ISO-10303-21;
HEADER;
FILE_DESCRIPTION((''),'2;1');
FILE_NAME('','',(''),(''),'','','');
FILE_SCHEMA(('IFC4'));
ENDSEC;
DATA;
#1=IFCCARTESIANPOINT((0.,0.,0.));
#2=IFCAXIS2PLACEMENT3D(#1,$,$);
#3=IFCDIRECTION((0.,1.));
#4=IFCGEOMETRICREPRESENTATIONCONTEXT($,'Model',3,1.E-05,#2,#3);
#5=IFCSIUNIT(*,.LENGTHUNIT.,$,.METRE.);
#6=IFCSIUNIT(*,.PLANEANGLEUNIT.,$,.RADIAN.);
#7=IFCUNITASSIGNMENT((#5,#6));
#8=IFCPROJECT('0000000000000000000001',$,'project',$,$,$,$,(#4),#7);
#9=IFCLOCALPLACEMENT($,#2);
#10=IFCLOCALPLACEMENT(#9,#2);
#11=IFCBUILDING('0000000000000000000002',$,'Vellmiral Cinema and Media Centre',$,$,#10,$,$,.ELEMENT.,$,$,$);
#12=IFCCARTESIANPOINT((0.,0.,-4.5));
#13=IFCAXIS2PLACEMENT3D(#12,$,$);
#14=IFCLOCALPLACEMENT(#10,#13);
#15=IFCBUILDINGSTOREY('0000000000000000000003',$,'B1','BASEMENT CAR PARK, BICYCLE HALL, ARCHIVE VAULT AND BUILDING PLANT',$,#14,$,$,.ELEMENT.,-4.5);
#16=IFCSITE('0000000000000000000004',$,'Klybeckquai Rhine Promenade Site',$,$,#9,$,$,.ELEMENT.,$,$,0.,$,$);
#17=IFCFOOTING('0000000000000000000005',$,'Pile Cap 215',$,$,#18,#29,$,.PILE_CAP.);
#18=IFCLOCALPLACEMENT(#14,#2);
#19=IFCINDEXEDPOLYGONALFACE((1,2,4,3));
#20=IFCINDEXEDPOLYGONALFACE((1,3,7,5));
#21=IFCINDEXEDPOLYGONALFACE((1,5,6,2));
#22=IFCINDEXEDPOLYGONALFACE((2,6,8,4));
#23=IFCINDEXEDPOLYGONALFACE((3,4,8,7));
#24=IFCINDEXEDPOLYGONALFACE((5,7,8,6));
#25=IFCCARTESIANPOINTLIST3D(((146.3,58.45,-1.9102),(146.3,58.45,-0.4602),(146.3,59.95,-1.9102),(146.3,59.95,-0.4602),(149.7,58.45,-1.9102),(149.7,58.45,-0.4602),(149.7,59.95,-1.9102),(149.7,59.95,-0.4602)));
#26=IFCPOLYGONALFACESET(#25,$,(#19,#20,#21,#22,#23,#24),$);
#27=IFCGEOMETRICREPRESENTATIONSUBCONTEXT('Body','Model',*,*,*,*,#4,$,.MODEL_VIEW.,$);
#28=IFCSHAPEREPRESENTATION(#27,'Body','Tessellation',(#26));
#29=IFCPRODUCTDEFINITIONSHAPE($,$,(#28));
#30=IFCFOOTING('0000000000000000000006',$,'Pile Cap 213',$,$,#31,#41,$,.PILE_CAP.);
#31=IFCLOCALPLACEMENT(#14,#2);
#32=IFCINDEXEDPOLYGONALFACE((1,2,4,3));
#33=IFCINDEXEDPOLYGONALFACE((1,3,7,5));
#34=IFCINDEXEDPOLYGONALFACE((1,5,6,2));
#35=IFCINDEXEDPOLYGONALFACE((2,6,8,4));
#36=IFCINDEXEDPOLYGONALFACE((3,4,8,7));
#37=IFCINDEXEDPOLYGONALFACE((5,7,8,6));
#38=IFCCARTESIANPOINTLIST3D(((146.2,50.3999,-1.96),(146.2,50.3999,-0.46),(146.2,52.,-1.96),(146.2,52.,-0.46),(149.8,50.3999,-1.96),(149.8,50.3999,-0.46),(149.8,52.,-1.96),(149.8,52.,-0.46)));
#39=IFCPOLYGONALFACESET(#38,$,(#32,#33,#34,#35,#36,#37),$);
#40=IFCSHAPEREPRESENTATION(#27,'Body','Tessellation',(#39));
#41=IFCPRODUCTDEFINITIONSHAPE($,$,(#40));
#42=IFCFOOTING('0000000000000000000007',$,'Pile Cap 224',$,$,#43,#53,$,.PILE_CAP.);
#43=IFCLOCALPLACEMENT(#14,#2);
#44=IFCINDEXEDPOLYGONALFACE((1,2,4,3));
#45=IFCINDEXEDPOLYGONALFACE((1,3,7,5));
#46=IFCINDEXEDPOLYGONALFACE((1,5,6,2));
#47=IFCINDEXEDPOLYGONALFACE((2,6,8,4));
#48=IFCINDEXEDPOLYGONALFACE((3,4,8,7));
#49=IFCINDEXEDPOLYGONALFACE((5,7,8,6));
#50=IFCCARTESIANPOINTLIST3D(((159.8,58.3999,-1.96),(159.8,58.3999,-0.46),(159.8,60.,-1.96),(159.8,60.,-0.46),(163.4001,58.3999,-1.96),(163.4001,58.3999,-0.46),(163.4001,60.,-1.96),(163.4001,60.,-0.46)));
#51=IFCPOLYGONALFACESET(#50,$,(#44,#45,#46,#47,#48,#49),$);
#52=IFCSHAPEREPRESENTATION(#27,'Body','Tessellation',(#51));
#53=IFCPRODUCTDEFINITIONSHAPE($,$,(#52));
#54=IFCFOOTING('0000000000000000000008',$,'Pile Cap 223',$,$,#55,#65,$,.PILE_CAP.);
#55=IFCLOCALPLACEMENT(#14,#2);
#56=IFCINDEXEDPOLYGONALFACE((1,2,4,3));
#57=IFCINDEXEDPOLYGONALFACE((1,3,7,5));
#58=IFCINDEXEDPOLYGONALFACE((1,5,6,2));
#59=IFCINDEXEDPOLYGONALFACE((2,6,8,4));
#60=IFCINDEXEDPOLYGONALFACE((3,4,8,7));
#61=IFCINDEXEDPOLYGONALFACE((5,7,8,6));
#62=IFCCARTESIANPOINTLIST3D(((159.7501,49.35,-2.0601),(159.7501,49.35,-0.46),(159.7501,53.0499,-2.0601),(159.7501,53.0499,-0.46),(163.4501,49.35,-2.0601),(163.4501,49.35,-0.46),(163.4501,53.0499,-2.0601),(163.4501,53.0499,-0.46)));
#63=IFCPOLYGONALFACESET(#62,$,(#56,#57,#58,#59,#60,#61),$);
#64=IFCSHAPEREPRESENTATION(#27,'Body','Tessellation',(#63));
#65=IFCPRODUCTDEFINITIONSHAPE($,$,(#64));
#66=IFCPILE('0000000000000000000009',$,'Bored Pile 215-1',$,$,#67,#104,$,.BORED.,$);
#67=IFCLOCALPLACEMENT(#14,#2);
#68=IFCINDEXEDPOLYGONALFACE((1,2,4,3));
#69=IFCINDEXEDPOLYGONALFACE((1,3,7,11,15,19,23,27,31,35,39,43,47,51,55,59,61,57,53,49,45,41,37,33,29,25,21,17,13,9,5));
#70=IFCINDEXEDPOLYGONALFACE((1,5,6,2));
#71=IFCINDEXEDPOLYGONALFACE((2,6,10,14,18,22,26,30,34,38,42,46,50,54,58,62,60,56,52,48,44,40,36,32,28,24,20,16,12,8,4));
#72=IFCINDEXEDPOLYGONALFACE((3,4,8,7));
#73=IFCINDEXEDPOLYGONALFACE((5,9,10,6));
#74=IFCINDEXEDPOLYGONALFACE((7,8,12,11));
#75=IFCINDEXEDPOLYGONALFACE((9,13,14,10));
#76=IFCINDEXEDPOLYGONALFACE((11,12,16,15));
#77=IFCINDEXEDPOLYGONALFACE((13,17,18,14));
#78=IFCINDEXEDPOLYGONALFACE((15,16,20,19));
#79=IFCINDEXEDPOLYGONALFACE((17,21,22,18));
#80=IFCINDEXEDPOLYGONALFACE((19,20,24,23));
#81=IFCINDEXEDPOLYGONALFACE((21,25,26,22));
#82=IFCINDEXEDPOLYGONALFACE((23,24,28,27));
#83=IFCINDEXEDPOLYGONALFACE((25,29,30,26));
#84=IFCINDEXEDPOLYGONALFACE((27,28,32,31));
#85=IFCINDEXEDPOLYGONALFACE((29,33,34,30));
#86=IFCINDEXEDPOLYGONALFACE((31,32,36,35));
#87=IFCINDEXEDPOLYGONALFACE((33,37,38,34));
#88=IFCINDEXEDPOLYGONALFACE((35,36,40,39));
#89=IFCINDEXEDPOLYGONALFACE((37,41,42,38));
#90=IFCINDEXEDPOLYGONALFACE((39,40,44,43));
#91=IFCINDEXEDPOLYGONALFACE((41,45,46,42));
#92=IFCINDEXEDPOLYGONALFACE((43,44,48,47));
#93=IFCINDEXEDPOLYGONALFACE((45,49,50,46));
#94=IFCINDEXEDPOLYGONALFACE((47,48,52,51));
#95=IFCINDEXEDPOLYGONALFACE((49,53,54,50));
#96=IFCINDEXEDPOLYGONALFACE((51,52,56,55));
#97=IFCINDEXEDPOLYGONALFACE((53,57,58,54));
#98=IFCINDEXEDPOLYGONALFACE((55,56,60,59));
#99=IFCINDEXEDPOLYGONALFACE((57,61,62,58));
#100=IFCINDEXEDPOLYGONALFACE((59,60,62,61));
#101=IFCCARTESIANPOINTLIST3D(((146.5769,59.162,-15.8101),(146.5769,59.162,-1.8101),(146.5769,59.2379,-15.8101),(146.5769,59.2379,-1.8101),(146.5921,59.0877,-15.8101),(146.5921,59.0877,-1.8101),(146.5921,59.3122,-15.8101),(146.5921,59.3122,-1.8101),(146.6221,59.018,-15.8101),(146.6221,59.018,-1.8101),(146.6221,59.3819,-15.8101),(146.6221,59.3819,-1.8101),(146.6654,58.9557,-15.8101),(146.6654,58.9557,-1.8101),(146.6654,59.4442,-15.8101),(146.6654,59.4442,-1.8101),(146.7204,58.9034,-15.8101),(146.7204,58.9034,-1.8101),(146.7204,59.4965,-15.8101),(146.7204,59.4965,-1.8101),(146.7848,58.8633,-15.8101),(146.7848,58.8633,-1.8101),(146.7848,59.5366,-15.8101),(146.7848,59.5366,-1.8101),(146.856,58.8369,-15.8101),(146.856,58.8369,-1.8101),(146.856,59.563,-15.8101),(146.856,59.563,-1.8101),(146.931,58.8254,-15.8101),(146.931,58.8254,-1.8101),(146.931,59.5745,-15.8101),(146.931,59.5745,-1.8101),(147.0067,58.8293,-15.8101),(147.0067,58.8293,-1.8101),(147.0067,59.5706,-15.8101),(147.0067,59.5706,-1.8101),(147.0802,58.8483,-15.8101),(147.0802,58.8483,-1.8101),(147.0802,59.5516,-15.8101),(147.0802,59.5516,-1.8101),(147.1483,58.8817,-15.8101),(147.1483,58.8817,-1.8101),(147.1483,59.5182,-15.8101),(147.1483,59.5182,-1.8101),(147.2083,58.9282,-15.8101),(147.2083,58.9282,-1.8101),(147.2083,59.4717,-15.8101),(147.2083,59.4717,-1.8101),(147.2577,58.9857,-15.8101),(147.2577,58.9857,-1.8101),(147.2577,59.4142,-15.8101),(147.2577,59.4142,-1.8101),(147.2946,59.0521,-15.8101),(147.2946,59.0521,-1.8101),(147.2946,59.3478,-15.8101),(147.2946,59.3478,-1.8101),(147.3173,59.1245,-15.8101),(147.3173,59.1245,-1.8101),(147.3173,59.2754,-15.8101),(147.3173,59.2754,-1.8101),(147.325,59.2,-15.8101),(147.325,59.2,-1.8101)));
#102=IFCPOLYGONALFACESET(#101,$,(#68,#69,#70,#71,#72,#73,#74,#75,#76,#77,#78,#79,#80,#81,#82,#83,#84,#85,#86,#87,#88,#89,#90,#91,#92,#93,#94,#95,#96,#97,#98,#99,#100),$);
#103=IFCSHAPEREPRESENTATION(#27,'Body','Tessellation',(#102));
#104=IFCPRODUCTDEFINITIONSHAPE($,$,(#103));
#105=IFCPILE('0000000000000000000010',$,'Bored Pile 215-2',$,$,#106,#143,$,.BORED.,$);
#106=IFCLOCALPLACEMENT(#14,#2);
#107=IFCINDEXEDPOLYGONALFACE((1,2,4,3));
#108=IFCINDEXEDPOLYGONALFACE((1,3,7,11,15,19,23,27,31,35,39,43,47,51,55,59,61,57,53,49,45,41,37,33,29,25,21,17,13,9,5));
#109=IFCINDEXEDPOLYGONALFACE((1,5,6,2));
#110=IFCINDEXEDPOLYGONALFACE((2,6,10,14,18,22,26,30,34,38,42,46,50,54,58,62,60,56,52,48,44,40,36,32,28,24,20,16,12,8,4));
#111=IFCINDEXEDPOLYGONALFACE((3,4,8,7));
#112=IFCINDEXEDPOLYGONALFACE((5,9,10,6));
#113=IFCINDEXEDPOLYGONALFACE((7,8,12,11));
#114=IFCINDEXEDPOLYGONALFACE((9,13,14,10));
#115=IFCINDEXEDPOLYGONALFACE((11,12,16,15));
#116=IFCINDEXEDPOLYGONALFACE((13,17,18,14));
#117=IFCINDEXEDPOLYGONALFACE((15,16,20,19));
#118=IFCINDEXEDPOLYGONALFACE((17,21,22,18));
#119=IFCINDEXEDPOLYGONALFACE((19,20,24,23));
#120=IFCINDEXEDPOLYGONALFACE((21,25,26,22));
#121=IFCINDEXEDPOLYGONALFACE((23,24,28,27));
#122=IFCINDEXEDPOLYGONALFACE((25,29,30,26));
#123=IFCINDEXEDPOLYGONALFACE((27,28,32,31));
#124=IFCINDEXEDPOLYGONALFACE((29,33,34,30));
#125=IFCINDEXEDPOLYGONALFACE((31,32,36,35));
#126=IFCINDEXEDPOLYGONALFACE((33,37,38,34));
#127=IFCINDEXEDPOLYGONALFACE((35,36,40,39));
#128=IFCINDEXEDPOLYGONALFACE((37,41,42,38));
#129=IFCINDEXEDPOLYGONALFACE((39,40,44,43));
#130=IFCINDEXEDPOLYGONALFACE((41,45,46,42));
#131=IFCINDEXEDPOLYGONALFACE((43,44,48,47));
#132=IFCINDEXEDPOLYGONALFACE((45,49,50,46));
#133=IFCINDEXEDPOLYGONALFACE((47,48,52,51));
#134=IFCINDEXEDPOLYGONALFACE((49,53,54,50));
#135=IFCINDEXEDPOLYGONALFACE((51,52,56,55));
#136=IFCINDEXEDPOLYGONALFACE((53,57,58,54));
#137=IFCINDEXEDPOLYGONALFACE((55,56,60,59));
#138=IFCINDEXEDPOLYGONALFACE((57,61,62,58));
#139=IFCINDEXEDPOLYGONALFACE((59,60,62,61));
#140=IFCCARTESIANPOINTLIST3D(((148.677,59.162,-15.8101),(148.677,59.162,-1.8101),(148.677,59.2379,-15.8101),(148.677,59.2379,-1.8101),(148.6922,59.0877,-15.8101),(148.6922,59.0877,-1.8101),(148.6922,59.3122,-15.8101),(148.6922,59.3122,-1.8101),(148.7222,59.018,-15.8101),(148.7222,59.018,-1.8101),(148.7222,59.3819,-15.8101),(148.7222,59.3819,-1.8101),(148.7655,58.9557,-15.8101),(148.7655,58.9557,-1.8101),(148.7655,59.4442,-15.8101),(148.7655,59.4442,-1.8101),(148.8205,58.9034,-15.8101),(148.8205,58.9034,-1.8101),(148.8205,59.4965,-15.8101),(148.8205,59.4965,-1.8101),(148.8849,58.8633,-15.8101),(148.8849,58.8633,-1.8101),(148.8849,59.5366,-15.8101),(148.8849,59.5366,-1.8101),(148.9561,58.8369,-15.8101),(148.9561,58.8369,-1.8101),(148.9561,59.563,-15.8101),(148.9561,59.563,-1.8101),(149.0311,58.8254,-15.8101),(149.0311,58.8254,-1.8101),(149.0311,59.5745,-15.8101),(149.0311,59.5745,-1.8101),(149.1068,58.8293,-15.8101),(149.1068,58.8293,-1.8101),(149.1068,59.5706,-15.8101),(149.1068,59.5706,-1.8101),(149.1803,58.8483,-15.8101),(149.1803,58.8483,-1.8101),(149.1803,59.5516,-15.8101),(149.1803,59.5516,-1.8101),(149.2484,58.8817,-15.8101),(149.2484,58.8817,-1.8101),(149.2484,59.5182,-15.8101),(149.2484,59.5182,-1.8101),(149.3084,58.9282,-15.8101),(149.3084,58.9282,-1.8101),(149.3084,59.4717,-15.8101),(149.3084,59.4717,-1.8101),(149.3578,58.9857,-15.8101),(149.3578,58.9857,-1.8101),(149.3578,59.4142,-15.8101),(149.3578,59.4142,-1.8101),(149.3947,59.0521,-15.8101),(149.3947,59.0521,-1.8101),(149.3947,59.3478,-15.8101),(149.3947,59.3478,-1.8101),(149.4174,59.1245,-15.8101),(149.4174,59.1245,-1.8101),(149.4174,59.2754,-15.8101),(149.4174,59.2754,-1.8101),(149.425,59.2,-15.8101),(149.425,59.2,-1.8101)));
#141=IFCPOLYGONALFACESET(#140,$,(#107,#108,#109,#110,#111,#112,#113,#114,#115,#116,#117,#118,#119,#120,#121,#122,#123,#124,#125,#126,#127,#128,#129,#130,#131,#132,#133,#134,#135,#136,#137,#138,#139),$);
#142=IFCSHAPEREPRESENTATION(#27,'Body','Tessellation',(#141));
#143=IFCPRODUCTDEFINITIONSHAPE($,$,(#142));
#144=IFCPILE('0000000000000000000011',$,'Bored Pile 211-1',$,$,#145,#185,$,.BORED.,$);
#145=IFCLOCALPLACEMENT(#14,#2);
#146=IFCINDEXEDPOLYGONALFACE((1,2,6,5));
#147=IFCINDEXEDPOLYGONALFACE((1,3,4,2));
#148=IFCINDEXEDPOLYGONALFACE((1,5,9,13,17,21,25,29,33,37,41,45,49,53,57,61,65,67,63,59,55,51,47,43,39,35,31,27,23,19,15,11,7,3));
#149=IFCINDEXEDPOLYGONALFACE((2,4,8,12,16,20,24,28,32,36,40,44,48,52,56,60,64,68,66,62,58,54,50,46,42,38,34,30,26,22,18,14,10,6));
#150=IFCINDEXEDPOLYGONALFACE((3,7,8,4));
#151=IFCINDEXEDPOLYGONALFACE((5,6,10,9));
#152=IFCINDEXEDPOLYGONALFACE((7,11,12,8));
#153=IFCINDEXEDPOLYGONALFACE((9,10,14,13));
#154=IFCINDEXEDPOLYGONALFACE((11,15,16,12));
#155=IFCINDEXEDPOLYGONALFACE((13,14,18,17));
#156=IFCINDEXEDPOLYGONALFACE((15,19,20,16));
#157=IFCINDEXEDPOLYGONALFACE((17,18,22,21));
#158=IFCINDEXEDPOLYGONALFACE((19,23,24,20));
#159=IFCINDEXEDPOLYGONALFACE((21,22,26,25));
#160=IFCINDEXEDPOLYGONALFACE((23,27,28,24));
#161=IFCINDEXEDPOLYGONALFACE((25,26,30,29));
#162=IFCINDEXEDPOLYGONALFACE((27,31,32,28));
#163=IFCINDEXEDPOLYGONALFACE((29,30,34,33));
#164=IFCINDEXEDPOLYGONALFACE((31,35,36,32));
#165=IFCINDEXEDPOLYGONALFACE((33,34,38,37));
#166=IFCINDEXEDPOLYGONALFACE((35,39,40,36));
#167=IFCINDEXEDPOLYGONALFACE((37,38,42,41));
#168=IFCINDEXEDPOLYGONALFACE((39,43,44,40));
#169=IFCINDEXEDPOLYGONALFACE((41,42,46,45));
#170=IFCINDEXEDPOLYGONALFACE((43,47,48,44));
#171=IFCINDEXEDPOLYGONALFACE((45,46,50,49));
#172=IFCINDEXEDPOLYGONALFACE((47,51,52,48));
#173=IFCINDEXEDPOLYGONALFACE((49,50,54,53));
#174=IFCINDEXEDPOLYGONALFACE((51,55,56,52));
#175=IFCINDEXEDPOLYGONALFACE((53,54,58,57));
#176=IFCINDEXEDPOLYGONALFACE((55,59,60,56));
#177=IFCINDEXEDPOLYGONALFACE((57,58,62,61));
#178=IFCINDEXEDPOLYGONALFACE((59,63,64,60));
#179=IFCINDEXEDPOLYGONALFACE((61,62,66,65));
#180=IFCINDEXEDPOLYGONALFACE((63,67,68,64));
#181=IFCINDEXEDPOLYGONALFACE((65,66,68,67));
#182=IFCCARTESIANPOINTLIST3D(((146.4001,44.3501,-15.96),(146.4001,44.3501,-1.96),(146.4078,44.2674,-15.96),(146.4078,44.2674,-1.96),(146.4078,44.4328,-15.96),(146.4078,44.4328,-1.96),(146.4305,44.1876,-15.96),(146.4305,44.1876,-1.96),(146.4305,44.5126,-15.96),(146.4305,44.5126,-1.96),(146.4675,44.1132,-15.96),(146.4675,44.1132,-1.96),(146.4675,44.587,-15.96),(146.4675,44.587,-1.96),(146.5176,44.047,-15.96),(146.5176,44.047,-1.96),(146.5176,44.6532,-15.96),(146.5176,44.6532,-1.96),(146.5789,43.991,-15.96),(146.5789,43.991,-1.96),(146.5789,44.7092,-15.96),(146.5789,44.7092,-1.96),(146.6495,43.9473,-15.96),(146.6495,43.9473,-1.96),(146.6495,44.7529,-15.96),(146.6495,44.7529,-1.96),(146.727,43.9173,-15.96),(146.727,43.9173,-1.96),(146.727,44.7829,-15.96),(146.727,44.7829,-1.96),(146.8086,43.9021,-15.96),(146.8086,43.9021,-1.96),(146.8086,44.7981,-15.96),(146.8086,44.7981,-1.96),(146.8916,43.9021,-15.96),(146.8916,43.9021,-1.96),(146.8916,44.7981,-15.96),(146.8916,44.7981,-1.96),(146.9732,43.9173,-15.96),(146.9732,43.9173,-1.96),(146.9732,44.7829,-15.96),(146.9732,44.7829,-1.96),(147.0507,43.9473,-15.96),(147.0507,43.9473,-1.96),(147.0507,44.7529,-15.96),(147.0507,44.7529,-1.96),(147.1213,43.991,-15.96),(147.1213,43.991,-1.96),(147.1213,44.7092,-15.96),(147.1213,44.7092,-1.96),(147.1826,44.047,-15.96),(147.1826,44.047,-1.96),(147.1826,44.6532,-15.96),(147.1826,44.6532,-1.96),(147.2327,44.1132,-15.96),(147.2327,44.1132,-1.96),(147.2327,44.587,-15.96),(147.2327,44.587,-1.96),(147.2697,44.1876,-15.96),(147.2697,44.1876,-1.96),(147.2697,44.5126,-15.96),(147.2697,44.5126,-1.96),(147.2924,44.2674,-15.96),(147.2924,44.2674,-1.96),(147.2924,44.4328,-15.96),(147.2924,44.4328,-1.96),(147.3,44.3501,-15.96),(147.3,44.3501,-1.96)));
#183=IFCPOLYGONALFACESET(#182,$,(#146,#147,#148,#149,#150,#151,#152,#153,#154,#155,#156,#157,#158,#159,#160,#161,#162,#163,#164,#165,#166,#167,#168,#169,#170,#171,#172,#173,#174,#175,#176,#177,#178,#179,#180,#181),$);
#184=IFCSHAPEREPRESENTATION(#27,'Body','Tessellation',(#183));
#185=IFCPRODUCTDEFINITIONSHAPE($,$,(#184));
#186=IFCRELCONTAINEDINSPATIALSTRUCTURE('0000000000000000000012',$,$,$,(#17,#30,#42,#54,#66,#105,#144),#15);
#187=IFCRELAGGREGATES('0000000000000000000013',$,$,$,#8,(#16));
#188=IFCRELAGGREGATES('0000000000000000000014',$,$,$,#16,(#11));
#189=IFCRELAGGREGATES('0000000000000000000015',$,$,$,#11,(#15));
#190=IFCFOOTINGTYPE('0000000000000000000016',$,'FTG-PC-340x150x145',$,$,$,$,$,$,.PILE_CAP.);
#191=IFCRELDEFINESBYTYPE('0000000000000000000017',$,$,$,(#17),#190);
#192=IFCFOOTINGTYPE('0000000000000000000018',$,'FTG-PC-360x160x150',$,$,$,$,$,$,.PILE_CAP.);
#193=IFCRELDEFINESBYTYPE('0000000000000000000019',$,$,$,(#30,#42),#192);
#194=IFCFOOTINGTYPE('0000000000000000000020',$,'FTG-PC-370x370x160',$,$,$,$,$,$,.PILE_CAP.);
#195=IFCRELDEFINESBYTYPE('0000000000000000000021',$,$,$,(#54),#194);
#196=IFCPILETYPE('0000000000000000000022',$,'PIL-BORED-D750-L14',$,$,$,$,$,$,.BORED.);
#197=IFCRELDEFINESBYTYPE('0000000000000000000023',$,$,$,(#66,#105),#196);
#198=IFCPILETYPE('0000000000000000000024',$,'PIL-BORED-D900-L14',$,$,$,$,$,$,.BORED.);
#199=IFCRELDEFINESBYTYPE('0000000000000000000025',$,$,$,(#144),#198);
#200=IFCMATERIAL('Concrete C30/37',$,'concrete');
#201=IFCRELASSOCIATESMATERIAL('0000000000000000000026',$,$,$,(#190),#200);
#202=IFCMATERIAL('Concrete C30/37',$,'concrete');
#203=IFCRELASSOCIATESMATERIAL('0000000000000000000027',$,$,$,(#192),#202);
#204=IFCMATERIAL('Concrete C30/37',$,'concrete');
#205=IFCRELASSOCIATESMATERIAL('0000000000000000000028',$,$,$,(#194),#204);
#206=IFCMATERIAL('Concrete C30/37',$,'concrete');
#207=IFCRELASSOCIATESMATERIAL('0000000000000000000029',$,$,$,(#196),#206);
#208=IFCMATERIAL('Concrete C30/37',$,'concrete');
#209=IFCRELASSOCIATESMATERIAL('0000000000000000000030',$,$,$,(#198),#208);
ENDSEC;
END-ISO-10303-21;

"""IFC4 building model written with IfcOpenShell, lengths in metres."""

from ifc_helpers import new_model, si_unit, direction, frame, origin, origin_2d, place, context, subcontext, project, spatial, rectangle, circle, extrude, material, material_profile, profile_set, type_object, element, save


model = new_model("IFC4")

# Units and contexts
model_context = context("Model", 3, precision=1e-05, world=origin(), true_north=direction((0.0, 1.0)))
body_context = subcontext(model_context, "Body", "Model", "MODEL_VIEW")
ifc_project = project(units=[si_unit("LENGTHUNIT", "METRE"), si_unit("PLANEANGLEUNIT", "RADIAN")], contexts=[model_context])

# Site, building, storey
site_placement = place(None, origin())
site = spatial("IfcSite", under=ifc_project, at=site_placement, Name="Klybeckquai Rhine Promenade Site", CompositionType="ELEMENT", RefElevation=0.0)
building_placement = place(site_placement, origin())
building = spatial("IfcBuilding", under=site, at=building_placement, Name="Vellmiral Cinema and Media Centre", CompositionType="ELEMENT")
storey_placement = place(building_placement, frame((0.0, 0.0, -4.5)))
storey = spatial("IfcBuildingStorey", under=building, at=storey_placement, Name="B1", Description="BASEMENT CAR PARK, BICYCLE HALL, ARCHIVE VAULT AND BUILDING PLANT", CompositionType="ELEMENT", Elevation=-4.5)

# Footings
ifc_material_1 = material(Name="Concrete C30/37", Category="concrete")
footing_type_1 = type_object("IfcFootingType", Name="FTG-PC-340x150x145", PredefinedType="PILE_CAP", material=ifc_material_1)
footing_1_placement = place(storey_placement, frame((148.0, 59.2, -1.9102), z_axis=(0.0, 0.0, 1.0), x_axis=(1.0, 0.0, 0.0)))
element("IfcFooting", 1, at=footing_1_placement, inside=storey, type_object=footing_type_1, Name="Pile Cap 215", PredefinedType="PILE_CAP", context=body_context, shape_type="SweptSolid", body=[
    extrude(rectangle(XDim=3.3999, YDim=1.5, at=origin_2d()), origin(), (0.0, 0.0, 1.0), 1.45),
])
ifc_material_2 = material(Name="Concrete C30/37", Category="concrete")
footing_type_2 = type_object("IfcFootingType", Name="FTG-PC-360x160x150", PredefinedType="PILE_CAP", material=ifc_material_2)
for number, where, z_axis, x_axis, name in (
    (2, (148.0, 51.2, -1.96), (0.0, 0.0, 1.0), (1.0, 0.0, 0.0), "Pile Cap 213"),
    (3, (161.6001, 59.2, -1.96), (0.0, 0.0, 1.0), (1.0, 0.0, 0.0), "Pile Cap 224"),
):
    element("IfcFooting", number, at=place(storey_placement, frame(where, z_axis=z_axis, x_axis=x_axis)), inside=storey, type_object=footing_type_2, Name=name, PredefinedType="PILE_CAP", context=body_context, shape_type="SweptSolid", body=[
        extrude(rectangle(XDim=3.6001, YDim=1.6001, at=origin_2d()), origin(), (0.0, 0.0, 1.0), 1.5),
    ])
ifc_material_3 = material(Name="Concrete C30/37", Category="concrete")
footing_type_3 = type_object("IfcFootingType", Name="FTG-PC-370x370x160", PredefinedType="PILE_CAP", material=ifc_material_3)
footing_2_placement = place(storey_placement, frame((161.6001, 51.2, -2.0601), z_axis=(0.0, 0.0, 1.0), x_axis=(1.0, 0.0, 0.0)))
element("IfcFooting", 4, at=footing_2_placement, inside=storey, type_object=footing_type_3, Name="Pile Cap 223", PredefinedType="PILE_CAP", context=body_context, shape_type="SweptSolid", body=[
    extrude(rectangle(XDim=3.7, YDim=3.7, at=origin_2d()), origin(), (0.0, 0.0, 1.0), 1.6001),
])

# Piles
ifc_material_4 = material(Name="Concrete C30/37", Category="concrete")
ifc_material_profile_1 = material_profile(ifc_material_4, circle(Radius=0.375, at=origin_2d()), Name="PILE D750")
ifc_profile_set_1 = profile_set([ifc_material_profile_1], Name="Concrete C30/37")
pile_type_1 = type_object("IfcPileType", Name="PIL-BORED-D750-L14", PredefinedType="BORED", material=ifc_profile_set_1)
for number, where, z_axis, x_axis, name in (
    (5, (146.95, 59.2, -1.8101), (0.0, 0.0, -1.0), (1.0, 0.0, 0.0), "Bored Pile 215-1"),
    (6, (149.05, 59.2, -1.8101), (0.0, 0.0, -1.0), (1.0, 0.0, 0.0), "Bored Pile 215-2"),
):
    element("IfcPile", number, at=place(storey_placement, frame(where, z_axis=z_axis, x_axis=x_axis)), inside=storey, type_object=pile_type_1, Name=name, PredefinedType="BORED", context=body_context, shape_type="SweptSolid", body=[
        extrude(circle(Radius=0.375, at=origin_2d()), origin(), (0.0, 0.0, 1.0), 14.0),
    ])
ifc_material_5 = material(Name="Concrete C30/37", Category="concrete")
ifc_material_profile_2 = material_profile(ifc_material_5, circle(Radius=0.45, at=origin_2d()), Name="PILE D900")
ifc_profile_set_2 = profile_set([ifc_material_profile_2], Name="Concrete C30/37")
pile_type_2 = type_object("IfcPileType", Name="PIL-BORED-D900-L14", PredefinedType="BORED", material=ifc_profile_set_2)
for number, where, z_axis, x_axis, name in (
    (7, (146.8501, 44.3501, -1.96), (0.0, 0.0, -1.0), (1.0, 0.0, 0.0), "Bored Pile 211-1"),
):
    element("IfcPile", number, at=place(storey_placement, frame(where, z_axis=z_axis, x_axis=x_axis)), inside=storey, type_object=pile_type_2, Name=name, PredefinedType="BORED", context=body_context, shape_type="SweptSolid", body=[
        extrude(circle(Radius=0.45, at=origin_2d()), origin(), (0.0, 0.0, 1.0), 14.0),
    ])

save(model, "model.ifc")
